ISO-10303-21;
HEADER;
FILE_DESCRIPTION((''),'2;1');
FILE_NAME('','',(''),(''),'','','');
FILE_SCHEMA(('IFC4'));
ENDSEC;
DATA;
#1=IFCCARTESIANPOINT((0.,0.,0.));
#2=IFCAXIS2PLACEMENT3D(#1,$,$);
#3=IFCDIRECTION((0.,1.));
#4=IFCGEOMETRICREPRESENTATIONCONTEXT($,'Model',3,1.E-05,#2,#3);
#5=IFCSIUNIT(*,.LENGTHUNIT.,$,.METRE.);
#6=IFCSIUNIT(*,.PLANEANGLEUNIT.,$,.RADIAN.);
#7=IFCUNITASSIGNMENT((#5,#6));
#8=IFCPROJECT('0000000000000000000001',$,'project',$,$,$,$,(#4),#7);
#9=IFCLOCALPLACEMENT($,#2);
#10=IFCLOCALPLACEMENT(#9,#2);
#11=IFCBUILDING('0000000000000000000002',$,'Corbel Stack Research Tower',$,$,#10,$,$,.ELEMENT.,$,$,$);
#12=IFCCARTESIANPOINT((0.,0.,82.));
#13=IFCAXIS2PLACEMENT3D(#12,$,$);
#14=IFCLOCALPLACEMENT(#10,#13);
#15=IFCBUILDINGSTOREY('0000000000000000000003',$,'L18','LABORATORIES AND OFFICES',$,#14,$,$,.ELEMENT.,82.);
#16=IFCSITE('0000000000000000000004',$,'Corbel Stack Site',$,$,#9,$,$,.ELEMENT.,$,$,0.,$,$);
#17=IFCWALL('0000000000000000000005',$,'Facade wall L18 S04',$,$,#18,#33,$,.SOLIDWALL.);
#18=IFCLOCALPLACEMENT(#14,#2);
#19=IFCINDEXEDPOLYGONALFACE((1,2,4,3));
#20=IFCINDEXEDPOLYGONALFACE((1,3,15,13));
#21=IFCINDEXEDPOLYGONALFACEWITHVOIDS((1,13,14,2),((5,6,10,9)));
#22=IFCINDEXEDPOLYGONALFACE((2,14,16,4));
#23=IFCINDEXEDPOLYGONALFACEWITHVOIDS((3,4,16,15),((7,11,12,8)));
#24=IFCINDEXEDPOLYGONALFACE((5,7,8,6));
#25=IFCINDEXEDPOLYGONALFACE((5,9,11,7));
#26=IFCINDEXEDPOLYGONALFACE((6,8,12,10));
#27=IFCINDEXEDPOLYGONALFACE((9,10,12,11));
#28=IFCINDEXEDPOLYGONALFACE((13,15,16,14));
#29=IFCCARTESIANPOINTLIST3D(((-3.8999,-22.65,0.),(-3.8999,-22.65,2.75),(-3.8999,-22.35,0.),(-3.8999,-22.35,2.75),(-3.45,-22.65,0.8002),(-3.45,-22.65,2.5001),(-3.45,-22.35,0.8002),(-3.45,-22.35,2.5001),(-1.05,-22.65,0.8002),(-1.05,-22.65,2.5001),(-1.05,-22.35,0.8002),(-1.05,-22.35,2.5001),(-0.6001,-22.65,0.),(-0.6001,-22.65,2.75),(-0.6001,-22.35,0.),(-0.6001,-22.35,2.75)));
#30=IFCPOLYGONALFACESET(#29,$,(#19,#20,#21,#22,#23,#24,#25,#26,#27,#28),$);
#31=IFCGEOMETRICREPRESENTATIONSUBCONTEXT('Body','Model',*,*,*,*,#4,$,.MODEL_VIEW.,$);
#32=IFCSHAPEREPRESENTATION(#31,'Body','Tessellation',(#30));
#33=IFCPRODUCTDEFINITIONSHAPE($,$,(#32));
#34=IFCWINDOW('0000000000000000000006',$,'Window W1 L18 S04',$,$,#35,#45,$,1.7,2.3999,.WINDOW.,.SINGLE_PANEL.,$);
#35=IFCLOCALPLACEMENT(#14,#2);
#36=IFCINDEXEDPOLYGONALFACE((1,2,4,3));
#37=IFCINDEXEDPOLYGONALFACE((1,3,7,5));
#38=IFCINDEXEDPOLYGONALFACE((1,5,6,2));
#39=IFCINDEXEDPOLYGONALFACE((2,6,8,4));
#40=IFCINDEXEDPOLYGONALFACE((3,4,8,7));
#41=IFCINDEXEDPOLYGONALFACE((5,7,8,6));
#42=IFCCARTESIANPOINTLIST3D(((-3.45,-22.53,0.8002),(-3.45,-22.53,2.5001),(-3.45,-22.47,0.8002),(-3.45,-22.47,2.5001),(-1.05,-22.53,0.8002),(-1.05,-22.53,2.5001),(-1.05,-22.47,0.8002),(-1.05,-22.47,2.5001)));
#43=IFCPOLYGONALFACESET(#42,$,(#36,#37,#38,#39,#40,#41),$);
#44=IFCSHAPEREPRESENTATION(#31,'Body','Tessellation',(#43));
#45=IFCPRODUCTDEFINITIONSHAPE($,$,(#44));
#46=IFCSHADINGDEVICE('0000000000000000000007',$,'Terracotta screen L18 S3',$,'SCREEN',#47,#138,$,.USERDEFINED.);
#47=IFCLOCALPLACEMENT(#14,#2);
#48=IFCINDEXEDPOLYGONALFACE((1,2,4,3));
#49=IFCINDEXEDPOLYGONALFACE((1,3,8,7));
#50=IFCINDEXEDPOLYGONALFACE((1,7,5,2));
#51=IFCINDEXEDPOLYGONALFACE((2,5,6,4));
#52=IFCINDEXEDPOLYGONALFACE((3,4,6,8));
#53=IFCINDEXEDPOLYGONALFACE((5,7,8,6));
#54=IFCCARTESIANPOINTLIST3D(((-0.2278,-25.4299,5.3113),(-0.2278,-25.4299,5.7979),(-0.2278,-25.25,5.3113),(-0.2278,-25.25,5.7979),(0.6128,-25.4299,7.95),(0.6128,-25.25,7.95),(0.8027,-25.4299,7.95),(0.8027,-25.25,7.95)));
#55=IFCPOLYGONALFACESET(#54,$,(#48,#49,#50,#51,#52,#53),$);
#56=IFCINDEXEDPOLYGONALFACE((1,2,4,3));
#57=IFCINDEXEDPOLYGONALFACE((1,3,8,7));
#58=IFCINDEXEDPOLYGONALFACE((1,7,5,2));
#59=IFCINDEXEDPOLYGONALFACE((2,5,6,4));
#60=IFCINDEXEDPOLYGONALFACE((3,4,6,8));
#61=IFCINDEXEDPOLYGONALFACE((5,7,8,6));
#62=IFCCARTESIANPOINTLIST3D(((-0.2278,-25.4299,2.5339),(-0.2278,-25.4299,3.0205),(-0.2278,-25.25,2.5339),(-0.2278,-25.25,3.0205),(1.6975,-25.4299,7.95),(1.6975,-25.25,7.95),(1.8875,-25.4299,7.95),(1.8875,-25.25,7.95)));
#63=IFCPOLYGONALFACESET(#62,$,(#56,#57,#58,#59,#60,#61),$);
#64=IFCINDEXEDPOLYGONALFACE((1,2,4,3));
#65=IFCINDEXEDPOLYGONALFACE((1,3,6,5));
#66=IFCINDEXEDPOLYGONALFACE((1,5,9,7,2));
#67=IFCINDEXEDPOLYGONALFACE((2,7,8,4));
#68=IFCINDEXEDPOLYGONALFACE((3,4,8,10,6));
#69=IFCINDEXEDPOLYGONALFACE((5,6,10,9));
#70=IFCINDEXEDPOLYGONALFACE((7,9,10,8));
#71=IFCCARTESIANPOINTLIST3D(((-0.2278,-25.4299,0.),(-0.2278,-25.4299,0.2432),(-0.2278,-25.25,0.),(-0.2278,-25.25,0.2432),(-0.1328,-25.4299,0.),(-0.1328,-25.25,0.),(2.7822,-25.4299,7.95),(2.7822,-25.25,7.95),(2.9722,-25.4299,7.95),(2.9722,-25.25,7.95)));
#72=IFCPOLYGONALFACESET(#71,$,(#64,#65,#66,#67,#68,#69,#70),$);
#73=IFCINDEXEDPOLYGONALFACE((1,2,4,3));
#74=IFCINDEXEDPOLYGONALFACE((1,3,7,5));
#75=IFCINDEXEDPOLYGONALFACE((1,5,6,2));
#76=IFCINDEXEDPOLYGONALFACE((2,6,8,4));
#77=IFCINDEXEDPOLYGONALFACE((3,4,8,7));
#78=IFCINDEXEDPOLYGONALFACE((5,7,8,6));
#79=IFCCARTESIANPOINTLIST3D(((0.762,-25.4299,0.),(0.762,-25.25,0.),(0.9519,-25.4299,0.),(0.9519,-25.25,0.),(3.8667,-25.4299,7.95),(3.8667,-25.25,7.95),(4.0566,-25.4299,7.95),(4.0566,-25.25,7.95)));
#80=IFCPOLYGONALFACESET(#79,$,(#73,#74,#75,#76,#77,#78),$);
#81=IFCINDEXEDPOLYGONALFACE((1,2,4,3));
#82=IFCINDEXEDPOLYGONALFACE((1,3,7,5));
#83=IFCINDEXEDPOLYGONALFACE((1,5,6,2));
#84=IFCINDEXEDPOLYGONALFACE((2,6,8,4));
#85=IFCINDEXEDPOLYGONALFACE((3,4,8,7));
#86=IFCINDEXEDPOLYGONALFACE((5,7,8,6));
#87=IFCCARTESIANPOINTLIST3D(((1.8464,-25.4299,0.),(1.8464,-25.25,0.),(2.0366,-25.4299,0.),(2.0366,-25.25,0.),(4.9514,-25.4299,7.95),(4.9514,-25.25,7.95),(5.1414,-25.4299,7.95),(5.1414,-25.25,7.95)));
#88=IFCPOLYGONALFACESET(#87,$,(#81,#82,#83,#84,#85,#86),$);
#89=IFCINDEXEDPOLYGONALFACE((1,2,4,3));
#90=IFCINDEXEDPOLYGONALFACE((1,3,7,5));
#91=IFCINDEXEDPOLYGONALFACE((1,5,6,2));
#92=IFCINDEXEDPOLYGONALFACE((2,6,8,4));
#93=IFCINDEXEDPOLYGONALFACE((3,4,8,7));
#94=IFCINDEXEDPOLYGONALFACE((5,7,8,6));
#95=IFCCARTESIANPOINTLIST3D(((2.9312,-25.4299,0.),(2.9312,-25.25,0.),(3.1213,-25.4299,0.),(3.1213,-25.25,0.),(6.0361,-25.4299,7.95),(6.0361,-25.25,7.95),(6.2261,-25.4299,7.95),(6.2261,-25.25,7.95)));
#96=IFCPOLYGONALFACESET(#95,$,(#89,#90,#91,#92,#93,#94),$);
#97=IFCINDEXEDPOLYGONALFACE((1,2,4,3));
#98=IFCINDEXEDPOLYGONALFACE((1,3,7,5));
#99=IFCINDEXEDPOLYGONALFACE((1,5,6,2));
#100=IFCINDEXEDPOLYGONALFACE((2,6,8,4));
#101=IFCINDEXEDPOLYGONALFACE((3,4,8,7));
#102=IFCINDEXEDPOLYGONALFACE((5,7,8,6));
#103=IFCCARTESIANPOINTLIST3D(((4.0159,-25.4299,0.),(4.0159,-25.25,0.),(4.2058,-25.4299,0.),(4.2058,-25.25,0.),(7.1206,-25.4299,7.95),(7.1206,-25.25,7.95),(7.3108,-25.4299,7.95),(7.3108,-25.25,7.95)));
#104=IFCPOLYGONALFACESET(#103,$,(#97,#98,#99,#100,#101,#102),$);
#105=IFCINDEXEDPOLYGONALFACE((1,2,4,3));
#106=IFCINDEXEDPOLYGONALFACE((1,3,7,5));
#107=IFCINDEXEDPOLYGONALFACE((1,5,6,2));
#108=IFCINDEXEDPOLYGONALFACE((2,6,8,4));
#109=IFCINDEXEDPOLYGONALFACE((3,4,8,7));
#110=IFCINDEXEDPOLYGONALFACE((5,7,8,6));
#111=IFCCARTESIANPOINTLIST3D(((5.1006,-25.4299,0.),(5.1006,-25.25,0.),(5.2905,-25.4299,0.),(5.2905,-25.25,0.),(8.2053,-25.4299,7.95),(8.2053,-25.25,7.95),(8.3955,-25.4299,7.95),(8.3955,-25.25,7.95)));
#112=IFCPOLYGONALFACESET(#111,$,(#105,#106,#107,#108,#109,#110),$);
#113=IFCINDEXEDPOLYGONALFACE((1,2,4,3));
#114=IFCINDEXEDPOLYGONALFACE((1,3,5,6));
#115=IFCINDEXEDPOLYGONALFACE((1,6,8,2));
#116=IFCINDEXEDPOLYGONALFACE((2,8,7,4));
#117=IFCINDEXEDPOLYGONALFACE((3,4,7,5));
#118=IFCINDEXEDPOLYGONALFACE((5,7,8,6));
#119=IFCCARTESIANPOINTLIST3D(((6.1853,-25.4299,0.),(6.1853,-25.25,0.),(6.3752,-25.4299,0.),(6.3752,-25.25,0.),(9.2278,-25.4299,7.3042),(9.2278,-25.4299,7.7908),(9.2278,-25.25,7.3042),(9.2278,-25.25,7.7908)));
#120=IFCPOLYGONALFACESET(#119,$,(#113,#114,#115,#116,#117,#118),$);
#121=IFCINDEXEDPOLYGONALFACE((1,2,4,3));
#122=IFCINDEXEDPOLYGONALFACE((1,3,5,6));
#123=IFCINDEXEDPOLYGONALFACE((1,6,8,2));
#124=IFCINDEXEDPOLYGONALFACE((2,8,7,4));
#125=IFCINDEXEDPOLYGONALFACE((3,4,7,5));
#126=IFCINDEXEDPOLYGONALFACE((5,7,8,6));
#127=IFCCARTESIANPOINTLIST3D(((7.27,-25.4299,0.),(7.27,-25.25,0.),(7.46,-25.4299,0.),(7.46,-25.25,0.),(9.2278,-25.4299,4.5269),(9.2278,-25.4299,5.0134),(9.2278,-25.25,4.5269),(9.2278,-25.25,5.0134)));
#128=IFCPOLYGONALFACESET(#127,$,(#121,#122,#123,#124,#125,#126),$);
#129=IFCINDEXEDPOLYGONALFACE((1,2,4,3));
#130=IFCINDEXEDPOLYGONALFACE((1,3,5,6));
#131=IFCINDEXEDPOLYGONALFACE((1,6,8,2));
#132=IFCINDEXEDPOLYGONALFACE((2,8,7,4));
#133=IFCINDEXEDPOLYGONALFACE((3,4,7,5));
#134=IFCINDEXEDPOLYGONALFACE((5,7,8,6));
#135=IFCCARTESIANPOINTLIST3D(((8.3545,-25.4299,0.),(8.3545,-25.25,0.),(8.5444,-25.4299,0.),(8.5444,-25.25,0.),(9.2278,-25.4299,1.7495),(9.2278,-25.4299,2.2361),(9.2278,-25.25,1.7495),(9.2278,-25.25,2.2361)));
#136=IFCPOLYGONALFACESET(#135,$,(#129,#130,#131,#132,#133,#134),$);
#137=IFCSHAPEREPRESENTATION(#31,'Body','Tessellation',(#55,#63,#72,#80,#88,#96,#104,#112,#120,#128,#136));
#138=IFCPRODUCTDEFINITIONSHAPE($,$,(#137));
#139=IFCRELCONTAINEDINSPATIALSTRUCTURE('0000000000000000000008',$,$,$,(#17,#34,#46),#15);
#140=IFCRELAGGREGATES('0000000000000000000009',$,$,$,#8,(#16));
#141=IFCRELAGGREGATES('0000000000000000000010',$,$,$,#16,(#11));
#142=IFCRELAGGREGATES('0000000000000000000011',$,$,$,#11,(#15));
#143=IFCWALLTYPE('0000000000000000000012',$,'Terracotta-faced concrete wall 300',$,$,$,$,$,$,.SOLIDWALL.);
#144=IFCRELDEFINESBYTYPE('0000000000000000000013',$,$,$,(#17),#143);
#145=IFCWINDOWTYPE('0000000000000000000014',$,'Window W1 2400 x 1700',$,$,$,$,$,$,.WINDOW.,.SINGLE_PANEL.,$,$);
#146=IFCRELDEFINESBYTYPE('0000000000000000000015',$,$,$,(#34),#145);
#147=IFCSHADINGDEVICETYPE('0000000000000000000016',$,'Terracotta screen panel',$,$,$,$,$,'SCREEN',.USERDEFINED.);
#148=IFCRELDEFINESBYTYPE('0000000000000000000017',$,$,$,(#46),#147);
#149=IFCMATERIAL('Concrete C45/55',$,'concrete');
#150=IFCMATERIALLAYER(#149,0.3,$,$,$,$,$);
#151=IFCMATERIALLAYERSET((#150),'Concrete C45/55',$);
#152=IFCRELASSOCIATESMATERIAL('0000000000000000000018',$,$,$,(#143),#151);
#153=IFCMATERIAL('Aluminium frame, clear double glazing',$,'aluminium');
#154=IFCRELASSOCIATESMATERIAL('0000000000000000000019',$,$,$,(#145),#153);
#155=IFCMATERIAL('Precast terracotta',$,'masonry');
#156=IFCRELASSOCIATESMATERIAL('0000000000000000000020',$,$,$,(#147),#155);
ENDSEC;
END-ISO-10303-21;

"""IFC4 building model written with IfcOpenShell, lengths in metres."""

from ifc_helpers import new_model, si_unit, direction, frame, frame_2d, origin, place, context, subcontext, project, spatial, polyline, rectangle, outline, extrude, source, transform, mapped, material, layer, layer_set, type_object, element, fill, save


model = new_model("IFC4")

# Units and contexts
model_context = context("Model", 3, precision=1e-05, world=origin(), true_north=direction((0.0, 1.0)))
body_context = subcontext(model_context, "Body", "Model", "MODEL_VIEW")
ifc_project = project(units=[si_unit("LENGTHUNIT", "METRE"), si_unit("PLANEANGLEUNIT", "RADIAN")], contexts=[model_context])

# Site, building, storey
site_placement = place(None, origin())
site = spatial("IfcSite", under=ifc_project, at=site_placement, Name="Corbel Stack Site", CompositionType="ELEMENT", RefElevation=0.0)
building_placement = place(site_placement, origin())
building = spatial("IfcBuilding", under=site, at=building_placement, Name="Corbel Stack Research Tower", CompositionType="ELEMENT")
storey_placement = place(building_placement, frame((0.0, 0.0, 82.0)))
storey = spatial("IfcBuildingStorey", under=building, at=storey_placement, Name="L18", Description="LABORATORIES AND OFFICES", CompositionType="ELEMENT", Elevation=82.0)

# Wall, opening, window
ifc_material_1 = material(Name="Concrete C45/55", Category="concrete")
ifc_layer_1 = layer(ifc_material_1, 0.3)
ifc_layer_set_1 = layer_set([ifc_layer_1], Name="Concrete C45/55")
wall_type_1 = type_object("IfcWallType", Name="Terracotta-faced concrete wall 300", PredefinedType="SOLIDWALL", material=ifc_layer_set_1)
ifc_material_2 = material(Name="Aluminium frame, clear double glazing", Category="aluminium")
window_type = type_object("IfcWindowType", Name="Window W1 2400 x 1700", PartitioningType="SINGLE_PANEL", PredefinedType="WINDOW", material=ifc_material_2)
wall_1_placement = place(storey_placement, frame((-0.6001, -22.5, 0.0), z_axis=(0.0, 0.0, 1.0), x_axis=(-1.0, 0.0, 0.0)))
wall_1 = element("IfcWall", 1, at=wall_1_placement, inside=storey, type_object=wall_type_1, Name="Facade wall L18 S04", PredefinedType="SOLIDWALL", context=body_context, shape_type="SweptSolid", body=[
    extrude(rectangle(XDim=3.2998, YDim=0.3, at=frame_2d((1.6499, 0.0))), origin(), (0.0, 0.0, 1.0), 2.75),
])
opening_1_placement = place(wall_1_placement, frame((0.45, 0.0, 0.8)))
opening_1 = element("IfcOpeningElement", 2, at=opening_1_placement, cuts=wall_1, PredefinedType="OPENING", context=body_context, shape_type="SweptSolid", body=[
    extrude(rectangle(XDim=2.3999, YDim=1.7, at=frame_2d((1.2, 0.8501))), frame((0.0, 0.1599, 0.0), z_axis=(0.0, -1.0, 0.0), x_axis=(1.0, 0.0, 0.0)), (0.0, 0.0, 1.0), 0.3201),
])
window_1_placement = place(opening_1_placement, origin())
window_1 = element("IfcWindow", 3, at=window_1_placement, inside=storey, type_object=window_type, Name="Window W1 L18 S04", OverallHeight=1.7, OverallWidth=2.3999, PartitioningType="SINGLE_PANEL", PredefinedType="WINDOW", context=body_context, shape_type="SweptSolid", body=[
    extrude(rectangle(XDim=2.3999, YDim=1.7, at=frame_2d((1.2, 0.8501))), frame((0.0, 0.03, 0.0), z_axis=(0.0, -1.0, 0.0), x_axis=(1.0, 0.0, 0.0)), (0.0, 0.0, 1.0), 0.0601),
])
fill(opening_1, window_1)

# Shading device
ifc_material_3 = material(Name="Precast terracotta", Category="masonry")
shading_device_type = type_object("IfcShadingDeviceType", Name="Terracotta screen panel", ElementType="SCREEN", PredefinedType="USERDEFINED", material=ifc_material_3)
shared_shape = source(origin(), body_context, "Body", "SweptSolid", [
    extrude(outline(polyline([(1.0305, 7.95), (0.8406, 7.95), (0.0, 5.7979), (0.0, 5.3113), (1.0305, 7.95)])), frame((0.0, 0.0, 0.0), z_axis=(0.0, -1.0, 0.0), x_axis=(1.0, 0.0, 0.0)), (0.0, 0.0, 1.0), 0.1799),
    extrude(outline(polyline([(2.1152, 7.95), (1.9253, 7.95), (0.0, 3.0205), (0.0, 2.5339), (2.1152, 7.95)])), frame((0.0, 0.0, 0.0), z_axis=(0.0, -1.0, 0.0), x_axis=(1.0, 0.0, 0.0)), (0.0, 0.0, 1.0), 0.1799),
    extrude(outline(polyline([(0.095, 0.0), (3.2, 7.95), (3.01, 7.95), (0.0, 0.2432), (0.0, 0.0), (0.095, 0.0)])), frame((0.0, 0.0, 0.0), z_axis=(0.0, -1.0, 0.0), x_axis=(1.0, 0.0, 0.0)), (0.0, 0.0, 1.0), 0.1799),
    extrude(outline(polyline([(1.1797, 0.0), (4.2844, 7.95), (4.0945, 7.95), (0.9897, 0.0), (1.1797, 0.0)])), frame((0.0, 0.0, 0.0), z_axis=(0.0, -1.0, 0.0), x_axis=(1.0, 0.0, 0.0)), (0.0, 0.0, 1.0), 0.1799),
    extrude(outline(polyline([(2.2644, 0.0), (5.3691, 7.95), (5.1792, 7.95), (2.0742, 0.0), (2.2644, 0.0)])), frame((0.0, 0.0, 0.0), z_axis=(0.0, -1.0, 0.0), x_axis=(1.0, 0.0, 0.0)), (0.0, 0.0, 1.0), 0.1799),
    extrude(outline(polyline([(3.3491, 0.0), (6.4539, 7.95), (6.2639, 7.95), (3.1589, 0.0), (3.3491, 0.0)])), frame((0.0, 0.0, 0.0), z_axis=(0.0, -1.0, 0.0), x_axis=(1.0, 0.0, 0.0)), (0.0, 0.0, 1.0), 0.1799),
    extrude(outline(polyline([(4.4336, 0.0), (7.5386, 7.95), (7.3484, 7.95), (4.2437, 0.0), (4.4336, 0.0)])), frame((0.0, 0.0, 0.0), z_axis=(0.0, -1.0, 0.0), x_axis=(1.0, 0.0, 0.0)), (0.0, 0.0, 1.0), 0.1799),
    extrude(outline(polyline([(5.5183, 0.0), (8.6233, 7.95), (8.4331, 7.95), (5.3284, 0.0), (5.5183, 0.0)])), frame((0.0, 0.0, 0.0), z_axis=(0.0, -1.0, 0.0), x_axis=(1.0, 0.0, 0.0)), (0.0, 0.0, 1.0), 0.1799),
    extrude(outline(polyline([(6.603, 0.0), (9.4556, 7.3042), (9.4556, 7.7908), (6.4131, 0.0), (6.603, 0.0)])), frame((0.0, 0.0, 0.0), z_axis=(0.0, -1.0, 0.0), x_axis=(1.0, 0.0, 0.0)), (0.0, 0.0, 1.0), 0.1799),
    extrude(outline(polyline([(7.6877, 0.0), (9.4556, 4.5269), (9.4556, 5.0134), (7.4978, 0.0), (7.6877, 0.0)])), frame((0.0, 0.0, 0.0), z_axis=(0.0, -1.0, 0.0), x_axis=(1.0, 0.0, 0.0)), (0.0, 0.0, 1.0), 0.1799),
    extrude(outline(polyline([(8.7722, 0.0), (9.4556, 1.7495), (9.4556, 2.2361), (8.5823, 0.0), (8.7722, 0.0)])), frame((0.0, 0.0, 0.0), z_axis=(0.0, -1.0, 0.0), x_axis=(1.0, 0.0, 0.0)), (0.0, 0.0, 1.0), 0.1799),
])
shading_device_placement = place(storey_placement, frame((-0.2278, -25.25, 0.0), z_axis=(0.0, 0.0, 1.0), x_axis=(1.0, 0.0, 0.0)))
element("IfcShadingDevice", 4, at=shading_device_placement, inside=storey, type_object=shading_device_type, Name="Terracotta screen L18 S3", ObjectType="SCREEN", PredefinedType="USERDEFINED", context=body_context, shape_type="MappedRepresentation", body=[
    mapped(shared_shape, transform((0.0, 0.0, 0.0))),
])

save(model, "model.ifc")
